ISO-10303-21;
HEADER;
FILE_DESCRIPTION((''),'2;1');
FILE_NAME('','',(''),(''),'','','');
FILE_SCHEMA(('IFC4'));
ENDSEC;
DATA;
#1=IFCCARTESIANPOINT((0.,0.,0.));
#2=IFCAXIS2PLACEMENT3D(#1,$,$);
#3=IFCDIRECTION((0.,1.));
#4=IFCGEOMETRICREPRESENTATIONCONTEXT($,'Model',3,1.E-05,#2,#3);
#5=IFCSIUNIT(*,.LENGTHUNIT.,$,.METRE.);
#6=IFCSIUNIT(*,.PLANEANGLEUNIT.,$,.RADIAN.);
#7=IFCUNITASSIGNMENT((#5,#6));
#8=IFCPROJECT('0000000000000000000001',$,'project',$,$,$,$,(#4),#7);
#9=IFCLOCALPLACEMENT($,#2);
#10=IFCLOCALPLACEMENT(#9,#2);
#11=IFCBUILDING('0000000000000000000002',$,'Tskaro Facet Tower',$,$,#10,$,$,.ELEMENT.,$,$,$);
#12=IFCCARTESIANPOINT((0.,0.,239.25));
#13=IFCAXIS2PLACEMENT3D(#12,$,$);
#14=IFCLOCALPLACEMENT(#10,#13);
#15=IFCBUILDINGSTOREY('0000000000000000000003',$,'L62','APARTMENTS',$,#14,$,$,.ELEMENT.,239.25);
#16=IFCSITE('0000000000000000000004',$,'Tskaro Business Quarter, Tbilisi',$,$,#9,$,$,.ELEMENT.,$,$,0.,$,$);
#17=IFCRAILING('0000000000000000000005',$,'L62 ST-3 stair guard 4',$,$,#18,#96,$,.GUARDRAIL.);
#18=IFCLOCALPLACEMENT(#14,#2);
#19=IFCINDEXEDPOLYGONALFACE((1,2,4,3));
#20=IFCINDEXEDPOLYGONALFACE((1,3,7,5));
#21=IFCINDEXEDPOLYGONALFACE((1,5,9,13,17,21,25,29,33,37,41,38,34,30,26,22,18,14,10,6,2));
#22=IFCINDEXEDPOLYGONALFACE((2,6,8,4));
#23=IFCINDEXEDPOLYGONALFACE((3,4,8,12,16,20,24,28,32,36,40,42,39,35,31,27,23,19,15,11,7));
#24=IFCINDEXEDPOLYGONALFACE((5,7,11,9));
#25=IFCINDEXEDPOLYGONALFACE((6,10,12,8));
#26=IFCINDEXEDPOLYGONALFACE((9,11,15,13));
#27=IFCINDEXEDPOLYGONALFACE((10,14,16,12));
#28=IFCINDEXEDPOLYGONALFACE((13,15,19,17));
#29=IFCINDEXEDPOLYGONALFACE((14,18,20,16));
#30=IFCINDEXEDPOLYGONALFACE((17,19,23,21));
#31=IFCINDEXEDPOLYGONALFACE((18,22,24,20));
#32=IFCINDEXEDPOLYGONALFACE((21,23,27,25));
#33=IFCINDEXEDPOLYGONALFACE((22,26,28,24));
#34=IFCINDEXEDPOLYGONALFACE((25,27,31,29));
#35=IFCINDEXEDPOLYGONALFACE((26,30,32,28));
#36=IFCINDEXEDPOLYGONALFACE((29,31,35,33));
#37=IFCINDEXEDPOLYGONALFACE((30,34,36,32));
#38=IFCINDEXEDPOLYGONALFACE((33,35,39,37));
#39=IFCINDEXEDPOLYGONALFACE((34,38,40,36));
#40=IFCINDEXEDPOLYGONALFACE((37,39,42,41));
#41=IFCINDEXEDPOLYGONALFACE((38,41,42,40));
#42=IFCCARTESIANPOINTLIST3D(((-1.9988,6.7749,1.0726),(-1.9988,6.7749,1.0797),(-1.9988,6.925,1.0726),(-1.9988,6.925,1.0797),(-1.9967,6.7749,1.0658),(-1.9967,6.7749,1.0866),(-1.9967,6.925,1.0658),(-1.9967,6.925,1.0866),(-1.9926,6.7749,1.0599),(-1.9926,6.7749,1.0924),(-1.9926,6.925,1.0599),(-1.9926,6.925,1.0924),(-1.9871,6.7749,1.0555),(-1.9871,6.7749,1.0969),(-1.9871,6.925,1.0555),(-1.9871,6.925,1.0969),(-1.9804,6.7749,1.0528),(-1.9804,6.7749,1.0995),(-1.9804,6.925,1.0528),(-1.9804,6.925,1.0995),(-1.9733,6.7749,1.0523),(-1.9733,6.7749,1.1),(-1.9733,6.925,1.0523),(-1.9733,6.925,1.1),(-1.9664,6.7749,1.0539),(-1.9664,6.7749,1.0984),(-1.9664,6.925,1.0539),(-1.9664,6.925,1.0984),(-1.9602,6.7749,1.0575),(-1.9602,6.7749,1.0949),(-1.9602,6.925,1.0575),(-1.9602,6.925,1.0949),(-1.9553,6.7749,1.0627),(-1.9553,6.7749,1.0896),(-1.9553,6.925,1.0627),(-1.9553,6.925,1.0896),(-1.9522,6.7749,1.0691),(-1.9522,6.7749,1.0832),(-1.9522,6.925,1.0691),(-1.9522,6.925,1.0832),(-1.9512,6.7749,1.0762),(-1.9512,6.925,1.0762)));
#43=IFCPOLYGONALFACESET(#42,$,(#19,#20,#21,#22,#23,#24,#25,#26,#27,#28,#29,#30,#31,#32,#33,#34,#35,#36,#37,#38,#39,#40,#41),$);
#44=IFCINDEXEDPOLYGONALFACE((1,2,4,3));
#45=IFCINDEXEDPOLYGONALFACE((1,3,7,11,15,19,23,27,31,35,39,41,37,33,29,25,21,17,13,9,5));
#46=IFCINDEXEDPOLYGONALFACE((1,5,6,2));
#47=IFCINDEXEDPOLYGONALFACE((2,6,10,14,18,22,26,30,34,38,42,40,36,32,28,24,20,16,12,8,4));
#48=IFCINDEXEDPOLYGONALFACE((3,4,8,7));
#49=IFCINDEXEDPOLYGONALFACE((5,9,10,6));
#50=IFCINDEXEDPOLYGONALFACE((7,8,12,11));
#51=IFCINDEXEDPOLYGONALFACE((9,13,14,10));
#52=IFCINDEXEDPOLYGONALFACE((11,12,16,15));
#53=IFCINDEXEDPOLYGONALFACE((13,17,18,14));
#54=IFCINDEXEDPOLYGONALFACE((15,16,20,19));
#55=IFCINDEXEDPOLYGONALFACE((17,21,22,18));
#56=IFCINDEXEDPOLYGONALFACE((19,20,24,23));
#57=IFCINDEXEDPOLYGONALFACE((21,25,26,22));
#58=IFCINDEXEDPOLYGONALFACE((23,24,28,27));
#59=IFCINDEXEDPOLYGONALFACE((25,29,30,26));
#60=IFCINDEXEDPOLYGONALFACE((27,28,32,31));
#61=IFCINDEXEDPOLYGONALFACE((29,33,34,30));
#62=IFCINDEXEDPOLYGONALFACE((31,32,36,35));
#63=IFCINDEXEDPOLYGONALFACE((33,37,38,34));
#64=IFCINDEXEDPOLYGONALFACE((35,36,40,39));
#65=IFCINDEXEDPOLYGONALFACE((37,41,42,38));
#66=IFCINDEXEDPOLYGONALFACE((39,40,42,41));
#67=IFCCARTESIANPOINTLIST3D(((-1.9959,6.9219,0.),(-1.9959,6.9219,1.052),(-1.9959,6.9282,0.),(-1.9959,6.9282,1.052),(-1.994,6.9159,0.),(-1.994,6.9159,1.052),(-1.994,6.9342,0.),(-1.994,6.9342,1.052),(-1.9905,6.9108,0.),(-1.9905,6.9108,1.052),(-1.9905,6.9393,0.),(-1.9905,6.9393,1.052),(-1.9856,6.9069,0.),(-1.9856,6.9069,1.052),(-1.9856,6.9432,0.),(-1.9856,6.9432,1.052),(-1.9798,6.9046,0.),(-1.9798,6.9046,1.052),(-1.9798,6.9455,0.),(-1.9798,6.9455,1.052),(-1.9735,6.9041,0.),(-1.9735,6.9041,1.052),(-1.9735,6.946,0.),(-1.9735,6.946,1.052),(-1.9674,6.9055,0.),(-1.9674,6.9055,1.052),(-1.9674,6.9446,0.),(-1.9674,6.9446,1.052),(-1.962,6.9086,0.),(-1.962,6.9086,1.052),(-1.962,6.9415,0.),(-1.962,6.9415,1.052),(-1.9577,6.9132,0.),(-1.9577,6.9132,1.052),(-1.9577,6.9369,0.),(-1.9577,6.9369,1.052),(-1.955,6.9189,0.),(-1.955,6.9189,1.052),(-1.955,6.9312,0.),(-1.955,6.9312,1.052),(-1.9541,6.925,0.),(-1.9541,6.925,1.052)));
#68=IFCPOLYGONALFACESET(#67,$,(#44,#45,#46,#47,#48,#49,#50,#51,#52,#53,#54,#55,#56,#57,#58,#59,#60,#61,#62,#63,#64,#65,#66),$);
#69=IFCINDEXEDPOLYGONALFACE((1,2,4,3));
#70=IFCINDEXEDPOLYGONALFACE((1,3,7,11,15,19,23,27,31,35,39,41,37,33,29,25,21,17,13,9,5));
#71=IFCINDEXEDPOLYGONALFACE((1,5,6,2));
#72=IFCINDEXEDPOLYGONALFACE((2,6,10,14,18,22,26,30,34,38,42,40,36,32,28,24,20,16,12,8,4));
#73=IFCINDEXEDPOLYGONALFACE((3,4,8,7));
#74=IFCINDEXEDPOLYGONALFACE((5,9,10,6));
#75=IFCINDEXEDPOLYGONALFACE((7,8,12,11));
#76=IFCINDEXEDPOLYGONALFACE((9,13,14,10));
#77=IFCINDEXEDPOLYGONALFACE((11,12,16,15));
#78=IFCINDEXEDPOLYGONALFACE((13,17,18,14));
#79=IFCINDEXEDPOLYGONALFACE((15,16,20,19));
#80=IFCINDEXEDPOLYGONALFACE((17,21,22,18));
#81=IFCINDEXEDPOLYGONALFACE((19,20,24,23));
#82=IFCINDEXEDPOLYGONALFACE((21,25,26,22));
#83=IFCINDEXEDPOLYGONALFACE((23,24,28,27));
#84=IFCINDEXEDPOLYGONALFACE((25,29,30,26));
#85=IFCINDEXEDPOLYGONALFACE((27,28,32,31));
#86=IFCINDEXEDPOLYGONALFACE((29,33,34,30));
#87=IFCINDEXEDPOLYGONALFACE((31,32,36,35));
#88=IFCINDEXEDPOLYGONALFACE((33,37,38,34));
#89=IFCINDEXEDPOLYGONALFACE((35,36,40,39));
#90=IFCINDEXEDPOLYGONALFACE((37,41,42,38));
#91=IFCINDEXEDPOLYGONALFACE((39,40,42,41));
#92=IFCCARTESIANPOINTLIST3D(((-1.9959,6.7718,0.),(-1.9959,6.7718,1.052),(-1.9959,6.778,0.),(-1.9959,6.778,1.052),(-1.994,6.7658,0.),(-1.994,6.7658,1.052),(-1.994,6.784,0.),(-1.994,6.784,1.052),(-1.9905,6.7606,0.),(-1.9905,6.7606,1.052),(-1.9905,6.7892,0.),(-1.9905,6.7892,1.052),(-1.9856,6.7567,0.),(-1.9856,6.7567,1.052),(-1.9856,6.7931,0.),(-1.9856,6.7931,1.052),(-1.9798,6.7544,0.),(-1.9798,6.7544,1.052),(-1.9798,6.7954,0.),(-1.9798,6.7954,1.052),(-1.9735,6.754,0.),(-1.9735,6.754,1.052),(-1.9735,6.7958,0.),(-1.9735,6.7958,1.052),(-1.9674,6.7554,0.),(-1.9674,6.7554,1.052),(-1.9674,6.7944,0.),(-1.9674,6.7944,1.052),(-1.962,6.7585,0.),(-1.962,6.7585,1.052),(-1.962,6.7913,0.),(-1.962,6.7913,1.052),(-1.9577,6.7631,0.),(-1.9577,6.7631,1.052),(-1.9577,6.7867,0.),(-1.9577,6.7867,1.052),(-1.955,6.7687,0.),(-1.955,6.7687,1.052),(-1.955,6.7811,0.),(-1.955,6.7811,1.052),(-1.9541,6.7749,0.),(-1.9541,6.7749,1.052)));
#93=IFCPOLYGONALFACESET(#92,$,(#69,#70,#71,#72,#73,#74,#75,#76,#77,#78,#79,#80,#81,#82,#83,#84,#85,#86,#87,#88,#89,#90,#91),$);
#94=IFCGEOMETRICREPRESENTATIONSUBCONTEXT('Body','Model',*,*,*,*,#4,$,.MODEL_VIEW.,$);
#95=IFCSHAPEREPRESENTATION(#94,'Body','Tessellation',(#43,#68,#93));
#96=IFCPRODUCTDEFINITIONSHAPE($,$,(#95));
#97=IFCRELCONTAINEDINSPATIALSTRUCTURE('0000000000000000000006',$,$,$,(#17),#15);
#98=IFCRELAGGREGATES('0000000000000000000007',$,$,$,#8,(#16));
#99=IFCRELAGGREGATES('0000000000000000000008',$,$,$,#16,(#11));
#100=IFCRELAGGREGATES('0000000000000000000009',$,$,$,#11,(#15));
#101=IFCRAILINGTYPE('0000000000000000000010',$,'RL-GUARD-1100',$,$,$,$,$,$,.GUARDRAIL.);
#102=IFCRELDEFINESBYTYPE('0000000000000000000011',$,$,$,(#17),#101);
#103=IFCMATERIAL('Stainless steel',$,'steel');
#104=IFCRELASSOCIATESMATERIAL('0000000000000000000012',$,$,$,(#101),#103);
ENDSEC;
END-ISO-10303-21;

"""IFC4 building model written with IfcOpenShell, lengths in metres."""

from ifc_helpers import new_model, si_unit, direction, frame, origin, origin_2d, place, context, subcontext, project, spatial, circle, extrude, material, type_object, element, save


model = new_model("IFC4")

# Units and contexts
model_context = context("Model", 3, precision=1e-05, world=origin(), true_north=direction((0.0, 1.0)))
body_context = subcontext(model_context, "Body", "Model", "MODEL_VIEW")
ifc_project = project(units=[si_unit("LENGTHUNIT", "METRE"), si_unit("PLANEANGLEUNIT", "RADIAN")], contexts=[model_context])

# Site, building, storey
site_placement = place(None, origin())
site = spatial("IfcSite", under=ifc_project, at=site_placement, Name="Tskaro Business Quarter, Tbilisi", CompositionType="ELEMENT", RefElevation=0.0)
building_placement = place(site_placement, origin())
building = spatial("IfcBuilding", under=site, at=building_placement, Name="Tskaro Facet Tower", CompositionType="ELEMENT")
storey_placement = place(building_placement, frame((0.0, 0.0, 239.25)))
storey = spatial("IfcBuildingStorey", under=building, at=storey_placement, Name="L62", Description="APARTMENTS", CompositionType="ELEMENT", Elevation=239.25)

# Railing
ifc_material_1 = material(Name="Stainless steel", Category="steel")
railing_type_1 = type_object("IfcRailingType", Name="RL-GUARD-1100", PredefinedType="GUARDRAIL", material=ifc_material_1)
railing_1_placement = place(storey_placement, frame((-1.9751, 6.925, 0.0)))
element("IfcRailing", 1, at=railing_1_placement, inside=storey, type_object=railing_type_1, Name="L62 ST-3 stair guard 4", PredefinedType="GUARDRAIL", context=body_context, shape_type="SweptSolid", body=[
    extrude(circle(Radius=0.0239, at=origin_2d()), frame((0.0, 0.0, 1.0762), z_axis=(0.0, -1.0, 0.0), x_axis=(1.0, 0.0, 0.0)), (0.0, 0.0, 1.0), 0.1501),
    extrude(circle(Radius=0.021, at=origin_2d()), origin(), (0.0, 0.0, 1.0), 1.052),
    extrude(circle(Radius=0.021, at=origin_2d()), frame((0.0, -0.1501, 0.0)), (0.0, 0.0, 1.0), 1.052),
])

save(model, "model.ifc")
